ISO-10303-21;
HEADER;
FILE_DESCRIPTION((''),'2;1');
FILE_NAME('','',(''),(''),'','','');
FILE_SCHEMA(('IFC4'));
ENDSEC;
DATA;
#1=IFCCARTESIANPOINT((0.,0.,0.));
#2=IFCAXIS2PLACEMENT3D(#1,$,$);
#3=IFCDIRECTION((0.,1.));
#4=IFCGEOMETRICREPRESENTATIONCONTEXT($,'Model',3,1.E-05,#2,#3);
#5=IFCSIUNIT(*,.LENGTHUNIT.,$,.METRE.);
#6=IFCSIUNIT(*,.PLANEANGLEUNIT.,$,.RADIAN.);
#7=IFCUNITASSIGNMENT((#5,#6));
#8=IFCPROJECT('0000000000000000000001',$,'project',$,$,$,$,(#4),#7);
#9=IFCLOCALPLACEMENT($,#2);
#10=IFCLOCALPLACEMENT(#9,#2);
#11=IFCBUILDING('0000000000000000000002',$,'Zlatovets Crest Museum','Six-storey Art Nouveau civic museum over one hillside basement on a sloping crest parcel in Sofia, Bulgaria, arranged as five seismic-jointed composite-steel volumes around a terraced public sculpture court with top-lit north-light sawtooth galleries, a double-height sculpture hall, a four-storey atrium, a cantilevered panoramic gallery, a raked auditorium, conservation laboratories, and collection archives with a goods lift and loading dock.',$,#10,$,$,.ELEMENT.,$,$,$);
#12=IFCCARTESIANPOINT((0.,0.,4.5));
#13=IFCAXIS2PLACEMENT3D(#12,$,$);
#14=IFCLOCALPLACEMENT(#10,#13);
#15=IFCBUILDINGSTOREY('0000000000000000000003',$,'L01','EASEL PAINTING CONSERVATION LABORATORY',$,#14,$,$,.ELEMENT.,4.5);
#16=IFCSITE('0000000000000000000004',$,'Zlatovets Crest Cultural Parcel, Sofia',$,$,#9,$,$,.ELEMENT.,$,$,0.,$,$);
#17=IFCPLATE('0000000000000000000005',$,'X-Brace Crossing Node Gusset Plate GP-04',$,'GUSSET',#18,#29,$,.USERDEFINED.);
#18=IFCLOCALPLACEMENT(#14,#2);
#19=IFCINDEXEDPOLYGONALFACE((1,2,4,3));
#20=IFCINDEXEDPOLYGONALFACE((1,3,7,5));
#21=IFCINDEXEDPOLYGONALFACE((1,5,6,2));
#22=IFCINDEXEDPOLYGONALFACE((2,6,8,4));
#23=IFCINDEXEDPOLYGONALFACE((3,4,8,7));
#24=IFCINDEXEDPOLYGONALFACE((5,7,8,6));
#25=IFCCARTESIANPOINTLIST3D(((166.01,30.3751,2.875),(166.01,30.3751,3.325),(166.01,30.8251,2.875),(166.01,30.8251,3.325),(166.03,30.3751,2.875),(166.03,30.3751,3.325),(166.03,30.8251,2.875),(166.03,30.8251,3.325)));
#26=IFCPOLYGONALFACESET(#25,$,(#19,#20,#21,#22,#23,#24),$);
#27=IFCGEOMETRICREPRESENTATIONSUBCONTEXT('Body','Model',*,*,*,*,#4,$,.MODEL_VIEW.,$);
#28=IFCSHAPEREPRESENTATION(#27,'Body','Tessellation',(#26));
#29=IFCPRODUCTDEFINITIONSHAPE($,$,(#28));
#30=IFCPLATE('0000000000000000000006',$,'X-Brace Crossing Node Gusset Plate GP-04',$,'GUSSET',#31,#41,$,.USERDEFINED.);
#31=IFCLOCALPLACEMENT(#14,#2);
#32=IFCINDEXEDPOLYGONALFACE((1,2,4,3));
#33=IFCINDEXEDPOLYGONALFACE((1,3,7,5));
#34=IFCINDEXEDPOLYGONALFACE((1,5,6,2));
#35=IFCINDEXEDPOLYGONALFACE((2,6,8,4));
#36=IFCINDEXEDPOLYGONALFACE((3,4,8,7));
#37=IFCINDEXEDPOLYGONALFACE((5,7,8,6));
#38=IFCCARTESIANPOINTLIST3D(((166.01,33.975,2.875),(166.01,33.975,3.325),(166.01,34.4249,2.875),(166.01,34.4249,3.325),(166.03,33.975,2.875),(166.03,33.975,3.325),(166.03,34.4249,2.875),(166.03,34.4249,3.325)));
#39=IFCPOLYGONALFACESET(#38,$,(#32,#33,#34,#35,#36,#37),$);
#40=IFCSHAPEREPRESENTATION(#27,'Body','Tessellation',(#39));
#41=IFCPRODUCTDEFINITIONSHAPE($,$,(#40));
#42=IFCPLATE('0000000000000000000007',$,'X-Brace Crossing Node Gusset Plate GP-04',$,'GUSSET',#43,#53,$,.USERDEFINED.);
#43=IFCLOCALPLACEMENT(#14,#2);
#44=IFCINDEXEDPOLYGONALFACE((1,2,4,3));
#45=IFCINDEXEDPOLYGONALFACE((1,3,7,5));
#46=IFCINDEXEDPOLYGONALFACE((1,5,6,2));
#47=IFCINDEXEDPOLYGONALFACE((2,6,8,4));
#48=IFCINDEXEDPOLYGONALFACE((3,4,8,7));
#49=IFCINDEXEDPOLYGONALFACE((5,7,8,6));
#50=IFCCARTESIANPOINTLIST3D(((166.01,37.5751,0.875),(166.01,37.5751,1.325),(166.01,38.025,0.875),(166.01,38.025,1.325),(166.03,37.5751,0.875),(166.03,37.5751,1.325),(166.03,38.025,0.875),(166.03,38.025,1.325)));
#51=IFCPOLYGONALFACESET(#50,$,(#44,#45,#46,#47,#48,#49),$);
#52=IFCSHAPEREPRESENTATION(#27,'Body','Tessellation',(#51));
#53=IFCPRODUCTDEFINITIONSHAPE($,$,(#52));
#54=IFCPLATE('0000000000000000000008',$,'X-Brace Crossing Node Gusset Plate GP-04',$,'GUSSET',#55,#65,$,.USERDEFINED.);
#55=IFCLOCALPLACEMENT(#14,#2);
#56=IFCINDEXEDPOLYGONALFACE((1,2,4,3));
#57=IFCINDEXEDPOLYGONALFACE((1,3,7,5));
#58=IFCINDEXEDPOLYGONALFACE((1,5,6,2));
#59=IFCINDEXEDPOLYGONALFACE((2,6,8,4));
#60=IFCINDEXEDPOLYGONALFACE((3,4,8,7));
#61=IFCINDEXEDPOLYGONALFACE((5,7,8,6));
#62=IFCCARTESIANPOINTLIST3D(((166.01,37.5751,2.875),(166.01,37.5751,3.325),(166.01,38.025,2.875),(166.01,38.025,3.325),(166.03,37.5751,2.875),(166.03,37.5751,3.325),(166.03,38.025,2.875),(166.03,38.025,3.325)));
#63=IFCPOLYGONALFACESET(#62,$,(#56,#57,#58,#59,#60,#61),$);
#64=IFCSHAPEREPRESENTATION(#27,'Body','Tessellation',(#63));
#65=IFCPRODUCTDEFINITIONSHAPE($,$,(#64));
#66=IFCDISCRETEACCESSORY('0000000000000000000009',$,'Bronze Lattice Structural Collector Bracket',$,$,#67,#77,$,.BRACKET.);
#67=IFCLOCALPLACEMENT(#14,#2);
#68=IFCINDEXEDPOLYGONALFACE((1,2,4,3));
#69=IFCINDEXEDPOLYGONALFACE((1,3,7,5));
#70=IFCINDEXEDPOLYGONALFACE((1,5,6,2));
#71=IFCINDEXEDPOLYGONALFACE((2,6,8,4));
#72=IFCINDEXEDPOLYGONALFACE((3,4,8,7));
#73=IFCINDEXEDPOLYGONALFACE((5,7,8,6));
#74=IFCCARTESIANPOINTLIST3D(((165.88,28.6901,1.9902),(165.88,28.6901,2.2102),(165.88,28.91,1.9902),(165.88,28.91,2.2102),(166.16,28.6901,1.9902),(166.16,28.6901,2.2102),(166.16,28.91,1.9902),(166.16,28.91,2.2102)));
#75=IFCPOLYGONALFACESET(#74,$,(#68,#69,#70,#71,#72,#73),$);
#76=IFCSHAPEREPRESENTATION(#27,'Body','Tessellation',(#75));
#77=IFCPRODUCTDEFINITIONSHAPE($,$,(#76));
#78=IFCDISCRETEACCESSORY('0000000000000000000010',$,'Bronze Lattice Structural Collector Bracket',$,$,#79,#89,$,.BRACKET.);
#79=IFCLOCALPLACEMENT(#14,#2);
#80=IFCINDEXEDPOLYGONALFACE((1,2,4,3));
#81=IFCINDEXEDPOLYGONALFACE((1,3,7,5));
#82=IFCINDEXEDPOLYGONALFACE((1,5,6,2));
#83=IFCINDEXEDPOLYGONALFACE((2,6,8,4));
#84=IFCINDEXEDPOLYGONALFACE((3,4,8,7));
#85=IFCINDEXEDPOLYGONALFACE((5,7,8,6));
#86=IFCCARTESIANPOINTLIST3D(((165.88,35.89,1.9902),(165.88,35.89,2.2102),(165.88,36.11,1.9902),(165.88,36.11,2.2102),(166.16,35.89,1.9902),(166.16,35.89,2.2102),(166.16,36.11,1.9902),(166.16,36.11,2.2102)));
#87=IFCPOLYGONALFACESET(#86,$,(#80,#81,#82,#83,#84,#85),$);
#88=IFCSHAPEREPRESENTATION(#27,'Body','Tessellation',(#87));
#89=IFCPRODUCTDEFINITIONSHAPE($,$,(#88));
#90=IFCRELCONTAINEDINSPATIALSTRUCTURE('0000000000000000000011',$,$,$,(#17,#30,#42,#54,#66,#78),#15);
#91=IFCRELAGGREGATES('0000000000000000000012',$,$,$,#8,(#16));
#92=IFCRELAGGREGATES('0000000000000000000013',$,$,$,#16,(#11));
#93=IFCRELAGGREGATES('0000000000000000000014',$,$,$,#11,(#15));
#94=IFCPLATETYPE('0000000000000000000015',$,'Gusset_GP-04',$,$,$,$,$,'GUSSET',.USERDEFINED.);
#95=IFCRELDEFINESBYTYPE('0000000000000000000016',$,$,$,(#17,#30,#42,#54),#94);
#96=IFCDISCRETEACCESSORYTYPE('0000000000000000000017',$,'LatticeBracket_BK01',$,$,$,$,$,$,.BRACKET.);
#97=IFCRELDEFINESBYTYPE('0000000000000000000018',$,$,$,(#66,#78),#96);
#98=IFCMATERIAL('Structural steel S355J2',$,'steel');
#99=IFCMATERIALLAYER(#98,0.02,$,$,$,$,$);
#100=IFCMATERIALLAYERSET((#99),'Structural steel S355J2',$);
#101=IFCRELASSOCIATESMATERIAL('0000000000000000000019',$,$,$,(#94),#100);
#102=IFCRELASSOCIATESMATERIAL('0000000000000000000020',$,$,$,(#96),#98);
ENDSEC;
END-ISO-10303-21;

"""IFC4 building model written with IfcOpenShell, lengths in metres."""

from ifc_helpers import new_model, si_unit, direction, frame, origin, origin_2d, place, context, subcontext, project, spatial, rectangle, extrude, material, layer, layer_set, type_object, element, save


model = new_model("IFC4")

# Units and contexts
model_context = context("Model", 3, precision=1e-05, world=origin(), true_north=direction((0.0, 1.0)))
body_context = subcontext(model_context, "Body", "Model", "MODEL_VIEW")
ifc_project = project(units=[si_unit("LENGTHUNIT", "METRE"), si_unit("PLANEANGLEUNIT", "RADIAN")], contexts=[model_context])

# Site, building, storey
site_placement = place(None, origin())
site = spatial("IfcSite", under=ifc_project, at=site_placement, Name="Zlatovets Crest Cultural Parcel, Sofia", CompositionType="ELEMENT", RefElevation=0.0)
building_placement = place(site_placement, origin())
building = spatial("IfcBuilding", under=site, at=building_placement, Name="Zlatovets Crest Museum", Description="Six-storey Art Nouveau civic museum over one hillside basement on a sloping crest parcel in Sofia, Bulgaria, arranged as five seismic-jointed composite-steel volumes around a terraced public sculpture court with top-lit north-light sawtooth galleries, a double-height sculpture hall, a four-storey atrium, a cantilevered panoramic gallery, a raked auditorium, conservation laboratories, and collection archives with a goods lift and loading dock.", CompositionType="ELEMENT")
storey_placement = place(building_placement, frame((0.0, 0.0, 4.5)))
storey = spatial("IfcBuildingStorey", under=building, at=storey_placement, Name="L01", Description="EASEL PAINTING CONSERVATION LABORATORY", CompositionType="ELEMENT", Elevation=4.5)

# Plates
ifc_material_1 = material(Name="Structural steel S355J2", Category="steel")
ifc_layer_1 = layer(ifc_material_1, 0.02)
ifc_layer_set_1 = layer_set([ifc_layer_1], Name="Structural steel S355J2")
plate_type_1 = type_object("IfcPlateType", Name="Gusset_GP-04", ElementType="GUSSET", PredefinedType="USERDEFINED", material=ifc_layer_set_1)
for number, where, z_axis, x_axis, name in (
    (1, (166.02, 30.6001, 2.875), (0.0, 0.0, 1.0), (1.0, 0.0, 0.0), "X-Brace Crossing Node Gusset Plate GP-04"),
    (2, (166.02, 34.2, 2.875), (0.0, 0.0, 1.0), (1.0, 0.0, 0.0), "X-Brace Crossing Node Gusset Plate GP-04"),
    (3, (166.02, 37.8, 0.875), (0.0, 0.0, 1.0), (1.0, 0.0, 0.0), "X-Brace Crossing Node Gusset Plate GP-04"),
    (4, (166.02, 37.8, 2.875), (0.0, 0.0, 1.0), (1.0, 0.0, 0.0), "X-Brace Crossing Node Gusset Plate GP-04"),
):
    element("IfcPlate", number, at=place(storey_placement, frame(where, z_axis=z_axis, x_axis=x_axis)), inside=storey, type_object=plate_type_1, Name=name, ObjectType="GUSSET", PredefinedType="USERDEFINED", context=body_context, shape_type="SweptSolid", body=[
        extrude(rectangle(XDim=0.02, YDim=0.45, at=origin_2d()), origin(), (0.0, 0.0, 1.0), 0.45),
    ])

# Discrete accessories
discrete_accessory_type = type_object("IfcDiscreteAccessoryType", Name="LatticeBracket_BK01", PredefinedType="BRACKET", material=ifc_material_1)
for number, where, z_axis, x_axis, name in (
    (5, (166.02, 28.8, 1.9902), (0.0, 0.0, 1.0), (1.0, 0.0, 0.0), "Bronze Lattice Structural Collector Bracket"),
    (6, (166.02, 36.0, 1.9902), (0.0, 0.0, 1.0), (1.0, 0.0, 0.0), "Bronze Lattice Structural Collector Bracket"),
):
    element("IfcDiscreteAccessory", number, at=place(storey_placement, frame(where, z_axis=z_axis, x_axis=x_axis)), inside=storey, type_object=discrete_accessory_type, Name=name, PredefinedType="BRACKET", context=body_context, shape_type="SweptSolid", body=[
        extrude(rectangle(XDim=0.28, YDim=0.22, at=origin_2d()), origin(), (0.0, 0.0, 1.0), 0.22),
    ])

save(model, "model.ifc")
